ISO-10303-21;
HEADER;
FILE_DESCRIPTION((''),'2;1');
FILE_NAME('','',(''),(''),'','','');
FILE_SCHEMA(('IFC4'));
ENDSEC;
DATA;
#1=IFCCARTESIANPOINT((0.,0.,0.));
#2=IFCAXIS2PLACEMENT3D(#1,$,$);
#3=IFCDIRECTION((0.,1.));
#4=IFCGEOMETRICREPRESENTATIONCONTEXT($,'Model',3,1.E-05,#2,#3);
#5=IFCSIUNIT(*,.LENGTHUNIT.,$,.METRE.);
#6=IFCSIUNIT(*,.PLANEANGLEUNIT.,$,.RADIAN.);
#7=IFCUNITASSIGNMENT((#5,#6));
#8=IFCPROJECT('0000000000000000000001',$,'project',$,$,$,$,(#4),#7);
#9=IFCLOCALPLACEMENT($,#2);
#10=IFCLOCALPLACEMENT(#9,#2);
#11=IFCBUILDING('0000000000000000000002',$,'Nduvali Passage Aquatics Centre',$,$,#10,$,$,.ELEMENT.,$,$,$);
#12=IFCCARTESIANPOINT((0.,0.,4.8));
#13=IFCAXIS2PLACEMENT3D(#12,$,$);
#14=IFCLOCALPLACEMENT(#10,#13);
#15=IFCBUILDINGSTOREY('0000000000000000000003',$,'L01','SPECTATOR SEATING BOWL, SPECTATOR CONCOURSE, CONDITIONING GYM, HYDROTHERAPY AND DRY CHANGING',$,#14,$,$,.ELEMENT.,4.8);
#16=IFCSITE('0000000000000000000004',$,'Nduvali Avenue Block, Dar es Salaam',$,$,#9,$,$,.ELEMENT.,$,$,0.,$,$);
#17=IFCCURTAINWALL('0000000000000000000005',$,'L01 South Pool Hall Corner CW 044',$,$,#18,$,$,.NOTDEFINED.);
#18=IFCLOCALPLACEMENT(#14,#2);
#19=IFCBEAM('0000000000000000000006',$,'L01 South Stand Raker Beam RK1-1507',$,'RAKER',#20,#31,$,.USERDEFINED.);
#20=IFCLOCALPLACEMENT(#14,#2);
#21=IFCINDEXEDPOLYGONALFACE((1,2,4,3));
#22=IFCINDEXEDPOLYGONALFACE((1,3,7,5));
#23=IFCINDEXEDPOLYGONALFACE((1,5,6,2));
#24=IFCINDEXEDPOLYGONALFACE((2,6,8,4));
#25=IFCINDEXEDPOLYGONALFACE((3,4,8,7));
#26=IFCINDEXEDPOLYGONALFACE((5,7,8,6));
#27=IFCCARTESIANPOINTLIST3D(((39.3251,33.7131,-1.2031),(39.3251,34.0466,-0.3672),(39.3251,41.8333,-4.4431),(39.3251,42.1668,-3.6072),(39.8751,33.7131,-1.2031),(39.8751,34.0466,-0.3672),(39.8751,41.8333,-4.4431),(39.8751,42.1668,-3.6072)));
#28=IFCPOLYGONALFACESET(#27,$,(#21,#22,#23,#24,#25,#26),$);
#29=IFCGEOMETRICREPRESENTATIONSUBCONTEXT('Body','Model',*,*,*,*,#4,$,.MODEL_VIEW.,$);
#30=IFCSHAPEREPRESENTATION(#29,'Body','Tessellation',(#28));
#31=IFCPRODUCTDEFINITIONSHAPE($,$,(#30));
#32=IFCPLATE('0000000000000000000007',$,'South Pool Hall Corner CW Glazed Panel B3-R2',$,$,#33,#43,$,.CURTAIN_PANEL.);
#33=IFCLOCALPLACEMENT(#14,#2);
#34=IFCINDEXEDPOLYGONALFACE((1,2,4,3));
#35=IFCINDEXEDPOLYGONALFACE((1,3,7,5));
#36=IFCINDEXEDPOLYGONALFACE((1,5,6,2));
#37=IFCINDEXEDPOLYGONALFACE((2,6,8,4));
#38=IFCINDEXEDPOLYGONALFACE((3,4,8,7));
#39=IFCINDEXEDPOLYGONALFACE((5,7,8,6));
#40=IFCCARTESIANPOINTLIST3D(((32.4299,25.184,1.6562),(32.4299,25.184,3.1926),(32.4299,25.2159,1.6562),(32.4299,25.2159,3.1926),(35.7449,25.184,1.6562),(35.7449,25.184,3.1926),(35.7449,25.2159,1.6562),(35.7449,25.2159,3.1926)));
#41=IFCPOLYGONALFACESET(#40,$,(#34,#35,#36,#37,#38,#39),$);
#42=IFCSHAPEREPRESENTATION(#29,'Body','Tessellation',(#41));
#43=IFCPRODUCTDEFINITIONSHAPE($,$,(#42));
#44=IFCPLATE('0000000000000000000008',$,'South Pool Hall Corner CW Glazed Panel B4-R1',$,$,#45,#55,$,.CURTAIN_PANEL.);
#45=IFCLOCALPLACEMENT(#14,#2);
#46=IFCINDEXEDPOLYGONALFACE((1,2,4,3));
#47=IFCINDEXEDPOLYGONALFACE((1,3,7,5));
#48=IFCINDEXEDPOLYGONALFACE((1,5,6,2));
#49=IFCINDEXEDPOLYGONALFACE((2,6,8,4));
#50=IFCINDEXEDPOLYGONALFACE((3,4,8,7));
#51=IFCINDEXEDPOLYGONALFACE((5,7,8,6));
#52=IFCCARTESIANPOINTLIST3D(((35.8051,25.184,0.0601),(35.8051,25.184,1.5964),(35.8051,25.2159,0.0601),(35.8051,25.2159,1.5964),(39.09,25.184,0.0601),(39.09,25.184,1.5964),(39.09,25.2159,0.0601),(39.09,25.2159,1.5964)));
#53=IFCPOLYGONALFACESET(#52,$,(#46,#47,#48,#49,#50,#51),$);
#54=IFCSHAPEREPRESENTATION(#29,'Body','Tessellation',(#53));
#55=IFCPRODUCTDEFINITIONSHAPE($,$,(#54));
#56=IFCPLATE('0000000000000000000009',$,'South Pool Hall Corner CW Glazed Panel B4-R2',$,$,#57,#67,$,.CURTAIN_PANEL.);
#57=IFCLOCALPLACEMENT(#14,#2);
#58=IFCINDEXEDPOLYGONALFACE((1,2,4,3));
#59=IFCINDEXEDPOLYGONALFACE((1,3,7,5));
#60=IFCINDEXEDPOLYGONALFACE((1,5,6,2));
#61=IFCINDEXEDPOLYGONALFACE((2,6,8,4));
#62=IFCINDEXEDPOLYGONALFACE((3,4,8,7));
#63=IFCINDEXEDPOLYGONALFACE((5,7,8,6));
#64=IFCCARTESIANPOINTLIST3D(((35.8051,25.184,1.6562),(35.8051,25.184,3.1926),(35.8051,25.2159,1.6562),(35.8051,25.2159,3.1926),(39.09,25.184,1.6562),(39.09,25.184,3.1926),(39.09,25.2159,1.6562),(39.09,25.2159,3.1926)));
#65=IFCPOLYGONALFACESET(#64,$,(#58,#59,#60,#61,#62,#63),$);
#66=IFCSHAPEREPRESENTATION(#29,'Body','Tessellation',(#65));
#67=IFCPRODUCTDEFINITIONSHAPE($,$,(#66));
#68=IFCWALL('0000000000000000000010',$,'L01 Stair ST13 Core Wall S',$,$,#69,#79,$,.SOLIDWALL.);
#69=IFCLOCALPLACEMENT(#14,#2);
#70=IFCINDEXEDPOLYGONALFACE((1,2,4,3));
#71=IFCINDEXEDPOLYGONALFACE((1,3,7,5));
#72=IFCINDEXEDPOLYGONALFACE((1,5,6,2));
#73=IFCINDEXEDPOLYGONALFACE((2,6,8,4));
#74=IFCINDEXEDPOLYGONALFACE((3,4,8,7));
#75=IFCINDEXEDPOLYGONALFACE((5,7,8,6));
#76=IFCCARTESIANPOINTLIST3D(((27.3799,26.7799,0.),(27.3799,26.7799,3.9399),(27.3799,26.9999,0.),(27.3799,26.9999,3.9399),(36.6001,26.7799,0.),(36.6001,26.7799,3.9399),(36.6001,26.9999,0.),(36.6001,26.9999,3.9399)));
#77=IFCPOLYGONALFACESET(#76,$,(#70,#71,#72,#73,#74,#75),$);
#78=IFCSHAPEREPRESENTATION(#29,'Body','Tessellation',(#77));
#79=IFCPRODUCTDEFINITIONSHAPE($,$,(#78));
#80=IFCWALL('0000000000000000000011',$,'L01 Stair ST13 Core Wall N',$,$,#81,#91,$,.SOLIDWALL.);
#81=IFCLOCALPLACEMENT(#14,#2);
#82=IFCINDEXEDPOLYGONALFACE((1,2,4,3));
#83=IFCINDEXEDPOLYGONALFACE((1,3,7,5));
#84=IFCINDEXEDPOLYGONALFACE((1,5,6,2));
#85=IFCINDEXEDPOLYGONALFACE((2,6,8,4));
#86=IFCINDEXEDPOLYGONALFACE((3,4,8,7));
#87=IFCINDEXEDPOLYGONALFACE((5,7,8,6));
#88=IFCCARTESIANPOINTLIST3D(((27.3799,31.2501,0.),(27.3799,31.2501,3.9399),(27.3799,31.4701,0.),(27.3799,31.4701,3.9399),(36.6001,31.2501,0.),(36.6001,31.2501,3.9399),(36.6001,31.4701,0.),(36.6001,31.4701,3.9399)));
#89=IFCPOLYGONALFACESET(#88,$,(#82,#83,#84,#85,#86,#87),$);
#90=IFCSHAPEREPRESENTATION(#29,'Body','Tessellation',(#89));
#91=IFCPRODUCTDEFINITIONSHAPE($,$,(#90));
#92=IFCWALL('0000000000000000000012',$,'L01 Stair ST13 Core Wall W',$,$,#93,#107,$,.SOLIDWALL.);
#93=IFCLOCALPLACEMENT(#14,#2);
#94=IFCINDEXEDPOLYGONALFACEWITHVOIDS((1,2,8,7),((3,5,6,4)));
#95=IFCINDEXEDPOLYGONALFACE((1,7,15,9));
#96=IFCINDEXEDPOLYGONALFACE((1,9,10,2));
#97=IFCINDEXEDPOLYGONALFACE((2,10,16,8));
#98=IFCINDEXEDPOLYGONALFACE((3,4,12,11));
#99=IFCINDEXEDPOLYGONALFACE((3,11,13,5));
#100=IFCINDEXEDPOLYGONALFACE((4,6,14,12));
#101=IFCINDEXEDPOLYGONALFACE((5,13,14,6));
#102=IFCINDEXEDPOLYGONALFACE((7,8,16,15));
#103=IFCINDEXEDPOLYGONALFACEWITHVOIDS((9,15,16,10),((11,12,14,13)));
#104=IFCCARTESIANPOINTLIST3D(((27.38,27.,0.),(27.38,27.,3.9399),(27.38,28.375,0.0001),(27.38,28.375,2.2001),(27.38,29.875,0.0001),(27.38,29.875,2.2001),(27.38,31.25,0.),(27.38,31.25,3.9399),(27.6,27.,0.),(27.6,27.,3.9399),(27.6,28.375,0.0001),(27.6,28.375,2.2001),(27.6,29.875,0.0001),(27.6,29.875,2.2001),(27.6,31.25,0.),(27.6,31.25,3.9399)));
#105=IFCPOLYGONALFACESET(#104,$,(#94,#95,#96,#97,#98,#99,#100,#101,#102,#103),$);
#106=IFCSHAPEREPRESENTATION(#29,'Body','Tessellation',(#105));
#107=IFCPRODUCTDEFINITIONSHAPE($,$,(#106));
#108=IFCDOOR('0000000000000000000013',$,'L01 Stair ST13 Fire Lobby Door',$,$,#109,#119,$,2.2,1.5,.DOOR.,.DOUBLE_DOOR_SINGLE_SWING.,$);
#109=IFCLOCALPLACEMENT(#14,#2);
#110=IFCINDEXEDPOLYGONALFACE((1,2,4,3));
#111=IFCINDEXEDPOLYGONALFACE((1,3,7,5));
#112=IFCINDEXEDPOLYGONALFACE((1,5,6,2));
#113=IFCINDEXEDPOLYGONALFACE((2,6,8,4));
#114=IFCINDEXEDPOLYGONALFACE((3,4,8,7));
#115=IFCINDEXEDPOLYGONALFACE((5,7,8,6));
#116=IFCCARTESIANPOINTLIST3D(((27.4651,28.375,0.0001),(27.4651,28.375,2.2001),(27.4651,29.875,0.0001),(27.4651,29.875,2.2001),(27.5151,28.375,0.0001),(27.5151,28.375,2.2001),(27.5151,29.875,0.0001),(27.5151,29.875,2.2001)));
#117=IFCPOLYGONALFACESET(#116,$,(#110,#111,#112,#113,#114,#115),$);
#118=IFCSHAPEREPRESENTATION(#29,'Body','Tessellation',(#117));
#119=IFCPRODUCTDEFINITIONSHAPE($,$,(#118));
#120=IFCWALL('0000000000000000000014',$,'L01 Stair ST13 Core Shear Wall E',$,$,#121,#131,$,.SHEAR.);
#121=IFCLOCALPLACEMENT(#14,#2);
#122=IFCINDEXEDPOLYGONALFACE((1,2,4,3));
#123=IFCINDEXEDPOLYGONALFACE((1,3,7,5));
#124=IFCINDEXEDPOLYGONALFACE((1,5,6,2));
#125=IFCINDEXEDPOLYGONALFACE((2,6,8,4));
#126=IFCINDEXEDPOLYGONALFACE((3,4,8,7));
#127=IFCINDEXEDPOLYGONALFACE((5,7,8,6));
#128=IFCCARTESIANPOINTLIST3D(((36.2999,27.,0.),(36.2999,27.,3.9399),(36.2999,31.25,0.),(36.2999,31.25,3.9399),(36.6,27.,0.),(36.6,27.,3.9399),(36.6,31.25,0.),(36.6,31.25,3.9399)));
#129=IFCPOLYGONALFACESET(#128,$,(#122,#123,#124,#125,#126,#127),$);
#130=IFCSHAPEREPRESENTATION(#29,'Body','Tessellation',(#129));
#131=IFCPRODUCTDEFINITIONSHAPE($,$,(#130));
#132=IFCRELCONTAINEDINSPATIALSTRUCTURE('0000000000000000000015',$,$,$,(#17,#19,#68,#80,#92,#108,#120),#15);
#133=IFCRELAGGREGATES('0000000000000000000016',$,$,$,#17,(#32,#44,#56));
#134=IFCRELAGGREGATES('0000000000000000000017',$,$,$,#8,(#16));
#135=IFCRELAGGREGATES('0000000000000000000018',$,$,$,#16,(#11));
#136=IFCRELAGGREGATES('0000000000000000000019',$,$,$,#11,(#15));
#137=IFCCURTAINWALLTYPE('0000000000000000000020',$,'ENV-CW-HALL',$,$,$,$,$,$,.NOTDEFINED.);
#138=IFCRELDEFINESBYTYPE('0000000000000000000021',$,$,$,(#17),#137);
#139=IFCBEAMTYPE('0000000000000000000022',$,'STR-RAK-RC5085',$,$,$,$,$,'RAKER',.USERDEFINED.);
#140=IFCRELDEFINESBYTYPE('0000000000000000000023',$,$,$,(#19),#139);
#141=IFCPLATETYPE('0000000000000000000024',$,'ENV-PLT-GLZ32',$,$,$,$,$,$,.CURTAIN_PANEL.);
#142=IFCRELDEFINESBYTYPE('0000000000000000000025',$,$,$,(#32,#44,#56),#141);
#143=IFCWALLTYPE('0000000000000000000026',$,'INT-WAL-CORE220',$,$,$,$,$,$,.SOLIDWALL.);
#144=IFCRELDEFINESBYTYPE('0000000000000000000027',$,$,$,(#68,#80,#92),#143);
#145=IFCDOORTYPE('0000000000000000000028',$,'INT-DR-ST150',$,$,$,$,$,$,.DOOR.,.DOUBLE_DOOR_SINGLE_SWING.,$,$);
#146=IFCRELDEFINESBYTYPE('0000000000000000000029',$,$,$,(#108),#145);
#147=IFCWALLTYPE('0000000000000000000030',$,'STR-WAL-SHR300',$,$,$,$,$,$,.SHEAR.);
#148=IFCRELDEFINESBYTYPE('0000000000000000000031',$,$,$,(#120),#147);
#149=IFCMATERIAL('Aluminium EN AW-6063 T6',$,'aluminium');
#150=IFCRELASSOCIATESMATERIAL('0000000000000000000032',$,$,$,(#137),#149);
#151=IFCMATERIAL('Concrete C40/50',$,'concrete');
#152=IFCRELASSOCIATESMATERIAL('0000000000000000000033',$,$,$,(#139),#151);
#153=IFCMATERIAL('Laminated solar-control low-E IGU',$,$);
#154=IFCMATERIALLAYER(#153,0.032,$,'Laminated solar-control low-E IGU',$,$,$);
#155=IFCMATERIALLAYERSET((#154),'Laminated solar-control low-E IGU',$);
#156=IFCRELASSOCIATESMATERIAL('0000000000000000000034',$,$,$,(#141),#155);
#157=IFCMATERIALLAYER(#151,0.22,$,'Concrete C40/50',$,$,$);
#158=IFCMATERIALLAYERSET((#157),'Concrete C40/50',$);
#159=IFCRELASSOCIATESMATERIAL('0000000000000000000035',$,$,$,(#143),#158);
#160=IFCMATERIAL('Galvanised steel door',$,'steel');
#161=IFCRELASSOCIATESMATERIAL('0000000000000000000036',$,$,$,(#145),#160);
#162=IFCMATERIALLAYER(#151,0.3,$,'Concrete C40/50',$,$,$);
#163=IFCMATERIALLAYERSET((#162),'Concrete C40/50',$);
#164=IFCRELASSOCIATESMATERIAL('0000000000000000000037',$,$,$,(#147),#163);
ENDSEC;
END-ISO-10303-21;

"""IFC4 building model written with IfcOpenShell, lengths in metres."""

from ifc_helpers import new_model, si_unit, direction, frame, frame_2d, origin, origin_2d, place, context, subcontext, project, spatial, rectangle, extrude, material, layer, layer_set, material_profile, profile_set, type_object, element, fill, aggregate, save


model = new_model("IFC4")

# Units and contexts
model_context = context("Model", 3, precision=1e-05, world=origin(), true_north=direction((0.0, 1.0)))
body_context = subcontext(model_context, "Body", "Model", "MODEL_VIEW")
ifc_project = project(units=[si_unit("LENGTHUNIT", "METRE"), si_unit("PLANEANGLEUNIT", "RADIAN")], contexts=[model_context])

# Site, building, storey
site_placement = place(None, origin())
site = spatial("IfcSite", under=ifc_project, at=site_placement, Name="Nduvali Avenue Block, Dar es Salaam", CompositionType="ELEMENT", RefElevation=0.0)
building_placement = place(site_placement, origin())
building = spatial("IfcBuilding", under=site, at=building_placement, Name="Nduvali Passage Aquatics Centre", CompositionType="ELEMENT")
storey_placement = place(building_placement, frame((0.0, 0.0, 4.8)))
storey = spatial("IfcBuildingStorey", under=building, at=storey_placement, Name="L01", Description="SPECTATOR SEATING BOWL, SPECTATOR CONCOURSE, CONDITIONING GYM, HYDROTHERAPY AND DRY CHANGING", CompositionType="ELEMENT", Elevation=4.8)

# Shared definitions
ifc_material_1 = material(Name="Concrete C40/50", Category="concrete")

# Curtain wall
ifc_material_2 = material(Name="Aluminium EN AW-6063 T6", Category="aluminium")
curtain_wall_type = type_object("IfcCurtainWallType", Name="ENV-CW-HALL", PredefinedType="NOTDEFINED", material=ifc_material_2)
curtain_wall_placement = place(storey_placement, origin())
curtain_wall = element("IfcCurtainWall", 1, at=curtain_wall_placement, inside=storey, type_object=curtain_wall_type, Name="L01 South Pool Hall Corner CW 044", PredefinedType="NOTDEFINED")

# Beam
ifc_material_profile_1 = material_profile(ifc_material_1, rectangle(XDim=0.55, YDim=0.8999, at=origin_2d()), Name="RC 550x900")
ifc_profile_set_1 = profile_set([ifc_material_profile_1], Name="Concrete C40/50")
beam_type_1 = type_object("IfcBeamType", Name="STR-RAK-RC5085", ElementType="RAKER", PredefinedType="USERDEFINED", material=ifc_profile_set_1)
beam_1_placement = place(storey_placement, frame((39.6001, 33.8799, -0.7852), z_axis=(0.0, 0.928794, -0.370596), x_axis=(-1.0, 0.0, 0.0)))
element("IfcBeam", 2, at=beam_1_placement, inside=storey, type_object=beam_type_1, Name="L01 South Stand Raker Beam RK1-1507", ObjectType="RAKER", PredefinedType="USERDEFINED", context=body_context, shape_type="SweptSolid", body=[
    extrude(rectangle(XDim=0.55, YDim=0.8999, at=origin_2d()), origin(), (0.0, 0.0, 1.0), 8.7427),
])

# Plates
ifc_material_3 = material(Name="Laminated solar-control low-E IGU")
ifc_layer_1 = layer(ifc_material_3, 0.032, Name="Laminated solar-control low-E IGU")
ifc_layer_set_1 = layer_set([ifc_layer_1], Name="Laminated solar-control low-E IGU")
plate_type = type_object("IfcPlateType", Name="ENV-PLT-GLZ32", PredefinedType="CURTAIN_PANEL", material=ifc_layer_set_1)
plate_1_placement = place(storey_placement, frame((34.0874, 25.2, 1.6562), z_axis=(0.0, 0.0, 1.0), x_axis=(1.0, 0.0, 0.0)))
plate_1 = element("IfcPlate", 3, at=plate_1_placement, type_object=plate_type, Name="South Pool Hall Corner CW Glazed Panel B3-R2", PredefinedType="CURTAIN_PANEL", context=body_context, shape_type="SweptSolid", body=[
    extrude(rectangle(XDim=3.3149, YDim=0.032, at=origin_2d()), origin(), (0.0, 0.0, 1.0), 1.5364),
])
plate_2_placement = place(storey_placement, frame((37.4475, 25.2, 0.0601), z_axis=(0.0, 0.0, 1.0), x_axis=(1.0, 0.0, 0.0)))
plate_2 = element("IfcPlate", 4, at=plate_2_placement, type_object=plate_type, Name="South Pool Hall Corner CW Glazed Panel B4-R1", PredefinedType="CURTAIN_PANEL", context=body_context, shape_type="SweptSolid", body=[
    extrude(rectangle(XDim=3.2849, YDim=0.032, at=origin_2d()), origin(), (0.0, 0.0, 1.0), 1.5364),
])
plate_3_placement = place(storey_placement, frame((37.4475, 25.2, 1.6562), z_axis=(0.0, 0.0, 1.0), x_axis=(1.0, 0.0, 0.0)))
plate_3 = element("IfcPlate", 5, at=plate_3_placement, type_object=plate_type, Name="South Pool Hall Corner CW Glazed Panel B4-R2", PredefinedType="CURTAIN_PANEL", context=body_context, shape_type="SweptSolid", body=[
    extrude(rectangle(XDim=3.2849, YDim=0.032, at=origin_2d()), origin(), (0.0, 0.0, 1.0), 1.5364),
])
aggregate(curtain_wall, [plate_1, plate_2, plate_3])

# Walls
ifc_layer_2 = layer(ifc_material_1, 0.22, Name="Concrete C40/50")
ifc_layer_set_2 = layer_set([ifc_layer_2], Name="Concrete C40/50")
wall_type_1 = type_object("IfcWallType", Name="INT-WAL-CORE220", PredefinedType="SOLIDWALL", material=ifc_layer_set_2)
for number, where, z_axis, x_axis, name in (
    (6, (27.3799, 26.8899, 0.0), (0.0, 0.0, 1.0), (1.0, 0.0, 0.0), "L01 Stair ST13 Core Wall S"),
    (7, (36.6001, 31.3601, 0.0), (0.0, 0.0, 1.0), (-1.0, 0.0, 0.0), "L01 Stair ST13 Core Wall N"),
):
    element("IfcWall", number, at=place(storey_placement, frame(where, z_axis=z_axis, x_axis=x_axis)), inside=storey, type_object=wall_type_1, Name=name, PredefinedType="SOLIDWALL", context=body_context, shape_type="SweptSolid", body=[
        extrude(rectangle(XDim=9.2202, YDim=0.22, at=frame_2d((4.6101, 0.0))), origin(), (0.0, 0.0, 1.0), 3.9399),
    ])

# Wall, opening, door
wall_1_placement = place(storey_placement, frame((27.49, 31.25, 0.0), z_axis=(0.0, 0.0, 1.0), x_axis=(0.0, -1.0, 0.0)))
wall_1 = element("IfcWall", 8, at=wall_1_placement, inside=storey, type_object=wall_type_1, Name="L01 Stair ST13 Core Wall W", PredefinedType="SOLIDWALL", context=body_context, shape_type="SweptSolid", body=[
    extrude(rectangle(XDim=4.25, YDim=0.22, at=frame_2d((2.125, 0.0))), origin(), (0.0, 0.0, 1.0), 3.9399),
])
opening_placement = place(wall_1_placement, frame((1.375, 0.0, 0.0)))
opening = element("IfcOpeningElement", 9, at=opening_placement, cuts=wall_1, PredefinedType="OPENING", context=body_context, shape_type="SweptSolid", body=[
    extrude(rectangle(XDim=1.5, YDim=2.2, at=frame_2d((0.75, 1.1001))), frame((0.0, 0.125, 0.0), z_axis=(0.0, -1.0, 0.0), x_axis=(1.0, 0.0, 0.0)), (0.0, 0.0, 1.0), 0.2498),
])
ifc_material_4 = material(Name="Galvanised steel door", Category="steel")
door_type = type_object("IfcDoorType", Name="INT-DR-ST150", OperationType="DOUBLE_DOOR_SINGLE_SWING", PredefinedType="DOOR", material=ifc_material_4)
door_placement = place(opening_placement, frame((1.5, 0.0, 0.0), z_axis=(0.0, 0.0, 1.0), x_axis=(-1.0, 0.0, 0.0)))
door = element("IfcDoor", 10, at=door_placement, inside=storey, type_object=door_type, Name="L01 Stair ST13 Fire Lobby Door", OperationType="DOUBLE_DOOR_SINGLE_SWING", OverallHeight=2.2, OverallWidth=1.5, PredefinedType="DOOR", context=body_context, shape_type="SweptSolid", body=[
    extrude(rectangle(XDim=1.5, YDim=2.2, at=frame_2d((0.75, 1.1001))), frame((0.0, 0.0249, 0.0), z_axis=(0.0, -1.0, 0.0), x_axis=(1.0, 0.0, 0.0)), (0.0, 0.0, 1.0), 0.05),
])
fill(opening, door)

# Wall
ifc_layer_3 = layer(ifc_material_1, 0.3, Name="Concrete C40/50")
ifc_layer_set_3 = layer_set([ifc_layer_3], Name="Concrete C40/50")
wall_type_2 = type_object("IfcWallType", Name="STR-WAL-SHR300", PredefinedType="SHEAR", material=ifc_layer_set_3)
wall_2_placement = place(storey_placement, frame((36.45, 27.0, 0.0), z_axis=(0.0, 0.0, 1.0), x_axis=(0.0, 1.0, 0.0)))
element("IfcWall", 11, at=wall_2_placement, inside=storey, type_object=wall_type_2, Name="L01 Stair ST13 Core Shear Wall E", PredefinedType="SHEAR", context=body_context, shape_type="SweptSolid", body=[
    extrude(rectangle(XDim=4.25, YDim=0.3, at=frame_2d((2.125, 0.0))), origin(), (0.0, 0.0, 1.0), 3.9399),
])

save(model, "model.ifc")
